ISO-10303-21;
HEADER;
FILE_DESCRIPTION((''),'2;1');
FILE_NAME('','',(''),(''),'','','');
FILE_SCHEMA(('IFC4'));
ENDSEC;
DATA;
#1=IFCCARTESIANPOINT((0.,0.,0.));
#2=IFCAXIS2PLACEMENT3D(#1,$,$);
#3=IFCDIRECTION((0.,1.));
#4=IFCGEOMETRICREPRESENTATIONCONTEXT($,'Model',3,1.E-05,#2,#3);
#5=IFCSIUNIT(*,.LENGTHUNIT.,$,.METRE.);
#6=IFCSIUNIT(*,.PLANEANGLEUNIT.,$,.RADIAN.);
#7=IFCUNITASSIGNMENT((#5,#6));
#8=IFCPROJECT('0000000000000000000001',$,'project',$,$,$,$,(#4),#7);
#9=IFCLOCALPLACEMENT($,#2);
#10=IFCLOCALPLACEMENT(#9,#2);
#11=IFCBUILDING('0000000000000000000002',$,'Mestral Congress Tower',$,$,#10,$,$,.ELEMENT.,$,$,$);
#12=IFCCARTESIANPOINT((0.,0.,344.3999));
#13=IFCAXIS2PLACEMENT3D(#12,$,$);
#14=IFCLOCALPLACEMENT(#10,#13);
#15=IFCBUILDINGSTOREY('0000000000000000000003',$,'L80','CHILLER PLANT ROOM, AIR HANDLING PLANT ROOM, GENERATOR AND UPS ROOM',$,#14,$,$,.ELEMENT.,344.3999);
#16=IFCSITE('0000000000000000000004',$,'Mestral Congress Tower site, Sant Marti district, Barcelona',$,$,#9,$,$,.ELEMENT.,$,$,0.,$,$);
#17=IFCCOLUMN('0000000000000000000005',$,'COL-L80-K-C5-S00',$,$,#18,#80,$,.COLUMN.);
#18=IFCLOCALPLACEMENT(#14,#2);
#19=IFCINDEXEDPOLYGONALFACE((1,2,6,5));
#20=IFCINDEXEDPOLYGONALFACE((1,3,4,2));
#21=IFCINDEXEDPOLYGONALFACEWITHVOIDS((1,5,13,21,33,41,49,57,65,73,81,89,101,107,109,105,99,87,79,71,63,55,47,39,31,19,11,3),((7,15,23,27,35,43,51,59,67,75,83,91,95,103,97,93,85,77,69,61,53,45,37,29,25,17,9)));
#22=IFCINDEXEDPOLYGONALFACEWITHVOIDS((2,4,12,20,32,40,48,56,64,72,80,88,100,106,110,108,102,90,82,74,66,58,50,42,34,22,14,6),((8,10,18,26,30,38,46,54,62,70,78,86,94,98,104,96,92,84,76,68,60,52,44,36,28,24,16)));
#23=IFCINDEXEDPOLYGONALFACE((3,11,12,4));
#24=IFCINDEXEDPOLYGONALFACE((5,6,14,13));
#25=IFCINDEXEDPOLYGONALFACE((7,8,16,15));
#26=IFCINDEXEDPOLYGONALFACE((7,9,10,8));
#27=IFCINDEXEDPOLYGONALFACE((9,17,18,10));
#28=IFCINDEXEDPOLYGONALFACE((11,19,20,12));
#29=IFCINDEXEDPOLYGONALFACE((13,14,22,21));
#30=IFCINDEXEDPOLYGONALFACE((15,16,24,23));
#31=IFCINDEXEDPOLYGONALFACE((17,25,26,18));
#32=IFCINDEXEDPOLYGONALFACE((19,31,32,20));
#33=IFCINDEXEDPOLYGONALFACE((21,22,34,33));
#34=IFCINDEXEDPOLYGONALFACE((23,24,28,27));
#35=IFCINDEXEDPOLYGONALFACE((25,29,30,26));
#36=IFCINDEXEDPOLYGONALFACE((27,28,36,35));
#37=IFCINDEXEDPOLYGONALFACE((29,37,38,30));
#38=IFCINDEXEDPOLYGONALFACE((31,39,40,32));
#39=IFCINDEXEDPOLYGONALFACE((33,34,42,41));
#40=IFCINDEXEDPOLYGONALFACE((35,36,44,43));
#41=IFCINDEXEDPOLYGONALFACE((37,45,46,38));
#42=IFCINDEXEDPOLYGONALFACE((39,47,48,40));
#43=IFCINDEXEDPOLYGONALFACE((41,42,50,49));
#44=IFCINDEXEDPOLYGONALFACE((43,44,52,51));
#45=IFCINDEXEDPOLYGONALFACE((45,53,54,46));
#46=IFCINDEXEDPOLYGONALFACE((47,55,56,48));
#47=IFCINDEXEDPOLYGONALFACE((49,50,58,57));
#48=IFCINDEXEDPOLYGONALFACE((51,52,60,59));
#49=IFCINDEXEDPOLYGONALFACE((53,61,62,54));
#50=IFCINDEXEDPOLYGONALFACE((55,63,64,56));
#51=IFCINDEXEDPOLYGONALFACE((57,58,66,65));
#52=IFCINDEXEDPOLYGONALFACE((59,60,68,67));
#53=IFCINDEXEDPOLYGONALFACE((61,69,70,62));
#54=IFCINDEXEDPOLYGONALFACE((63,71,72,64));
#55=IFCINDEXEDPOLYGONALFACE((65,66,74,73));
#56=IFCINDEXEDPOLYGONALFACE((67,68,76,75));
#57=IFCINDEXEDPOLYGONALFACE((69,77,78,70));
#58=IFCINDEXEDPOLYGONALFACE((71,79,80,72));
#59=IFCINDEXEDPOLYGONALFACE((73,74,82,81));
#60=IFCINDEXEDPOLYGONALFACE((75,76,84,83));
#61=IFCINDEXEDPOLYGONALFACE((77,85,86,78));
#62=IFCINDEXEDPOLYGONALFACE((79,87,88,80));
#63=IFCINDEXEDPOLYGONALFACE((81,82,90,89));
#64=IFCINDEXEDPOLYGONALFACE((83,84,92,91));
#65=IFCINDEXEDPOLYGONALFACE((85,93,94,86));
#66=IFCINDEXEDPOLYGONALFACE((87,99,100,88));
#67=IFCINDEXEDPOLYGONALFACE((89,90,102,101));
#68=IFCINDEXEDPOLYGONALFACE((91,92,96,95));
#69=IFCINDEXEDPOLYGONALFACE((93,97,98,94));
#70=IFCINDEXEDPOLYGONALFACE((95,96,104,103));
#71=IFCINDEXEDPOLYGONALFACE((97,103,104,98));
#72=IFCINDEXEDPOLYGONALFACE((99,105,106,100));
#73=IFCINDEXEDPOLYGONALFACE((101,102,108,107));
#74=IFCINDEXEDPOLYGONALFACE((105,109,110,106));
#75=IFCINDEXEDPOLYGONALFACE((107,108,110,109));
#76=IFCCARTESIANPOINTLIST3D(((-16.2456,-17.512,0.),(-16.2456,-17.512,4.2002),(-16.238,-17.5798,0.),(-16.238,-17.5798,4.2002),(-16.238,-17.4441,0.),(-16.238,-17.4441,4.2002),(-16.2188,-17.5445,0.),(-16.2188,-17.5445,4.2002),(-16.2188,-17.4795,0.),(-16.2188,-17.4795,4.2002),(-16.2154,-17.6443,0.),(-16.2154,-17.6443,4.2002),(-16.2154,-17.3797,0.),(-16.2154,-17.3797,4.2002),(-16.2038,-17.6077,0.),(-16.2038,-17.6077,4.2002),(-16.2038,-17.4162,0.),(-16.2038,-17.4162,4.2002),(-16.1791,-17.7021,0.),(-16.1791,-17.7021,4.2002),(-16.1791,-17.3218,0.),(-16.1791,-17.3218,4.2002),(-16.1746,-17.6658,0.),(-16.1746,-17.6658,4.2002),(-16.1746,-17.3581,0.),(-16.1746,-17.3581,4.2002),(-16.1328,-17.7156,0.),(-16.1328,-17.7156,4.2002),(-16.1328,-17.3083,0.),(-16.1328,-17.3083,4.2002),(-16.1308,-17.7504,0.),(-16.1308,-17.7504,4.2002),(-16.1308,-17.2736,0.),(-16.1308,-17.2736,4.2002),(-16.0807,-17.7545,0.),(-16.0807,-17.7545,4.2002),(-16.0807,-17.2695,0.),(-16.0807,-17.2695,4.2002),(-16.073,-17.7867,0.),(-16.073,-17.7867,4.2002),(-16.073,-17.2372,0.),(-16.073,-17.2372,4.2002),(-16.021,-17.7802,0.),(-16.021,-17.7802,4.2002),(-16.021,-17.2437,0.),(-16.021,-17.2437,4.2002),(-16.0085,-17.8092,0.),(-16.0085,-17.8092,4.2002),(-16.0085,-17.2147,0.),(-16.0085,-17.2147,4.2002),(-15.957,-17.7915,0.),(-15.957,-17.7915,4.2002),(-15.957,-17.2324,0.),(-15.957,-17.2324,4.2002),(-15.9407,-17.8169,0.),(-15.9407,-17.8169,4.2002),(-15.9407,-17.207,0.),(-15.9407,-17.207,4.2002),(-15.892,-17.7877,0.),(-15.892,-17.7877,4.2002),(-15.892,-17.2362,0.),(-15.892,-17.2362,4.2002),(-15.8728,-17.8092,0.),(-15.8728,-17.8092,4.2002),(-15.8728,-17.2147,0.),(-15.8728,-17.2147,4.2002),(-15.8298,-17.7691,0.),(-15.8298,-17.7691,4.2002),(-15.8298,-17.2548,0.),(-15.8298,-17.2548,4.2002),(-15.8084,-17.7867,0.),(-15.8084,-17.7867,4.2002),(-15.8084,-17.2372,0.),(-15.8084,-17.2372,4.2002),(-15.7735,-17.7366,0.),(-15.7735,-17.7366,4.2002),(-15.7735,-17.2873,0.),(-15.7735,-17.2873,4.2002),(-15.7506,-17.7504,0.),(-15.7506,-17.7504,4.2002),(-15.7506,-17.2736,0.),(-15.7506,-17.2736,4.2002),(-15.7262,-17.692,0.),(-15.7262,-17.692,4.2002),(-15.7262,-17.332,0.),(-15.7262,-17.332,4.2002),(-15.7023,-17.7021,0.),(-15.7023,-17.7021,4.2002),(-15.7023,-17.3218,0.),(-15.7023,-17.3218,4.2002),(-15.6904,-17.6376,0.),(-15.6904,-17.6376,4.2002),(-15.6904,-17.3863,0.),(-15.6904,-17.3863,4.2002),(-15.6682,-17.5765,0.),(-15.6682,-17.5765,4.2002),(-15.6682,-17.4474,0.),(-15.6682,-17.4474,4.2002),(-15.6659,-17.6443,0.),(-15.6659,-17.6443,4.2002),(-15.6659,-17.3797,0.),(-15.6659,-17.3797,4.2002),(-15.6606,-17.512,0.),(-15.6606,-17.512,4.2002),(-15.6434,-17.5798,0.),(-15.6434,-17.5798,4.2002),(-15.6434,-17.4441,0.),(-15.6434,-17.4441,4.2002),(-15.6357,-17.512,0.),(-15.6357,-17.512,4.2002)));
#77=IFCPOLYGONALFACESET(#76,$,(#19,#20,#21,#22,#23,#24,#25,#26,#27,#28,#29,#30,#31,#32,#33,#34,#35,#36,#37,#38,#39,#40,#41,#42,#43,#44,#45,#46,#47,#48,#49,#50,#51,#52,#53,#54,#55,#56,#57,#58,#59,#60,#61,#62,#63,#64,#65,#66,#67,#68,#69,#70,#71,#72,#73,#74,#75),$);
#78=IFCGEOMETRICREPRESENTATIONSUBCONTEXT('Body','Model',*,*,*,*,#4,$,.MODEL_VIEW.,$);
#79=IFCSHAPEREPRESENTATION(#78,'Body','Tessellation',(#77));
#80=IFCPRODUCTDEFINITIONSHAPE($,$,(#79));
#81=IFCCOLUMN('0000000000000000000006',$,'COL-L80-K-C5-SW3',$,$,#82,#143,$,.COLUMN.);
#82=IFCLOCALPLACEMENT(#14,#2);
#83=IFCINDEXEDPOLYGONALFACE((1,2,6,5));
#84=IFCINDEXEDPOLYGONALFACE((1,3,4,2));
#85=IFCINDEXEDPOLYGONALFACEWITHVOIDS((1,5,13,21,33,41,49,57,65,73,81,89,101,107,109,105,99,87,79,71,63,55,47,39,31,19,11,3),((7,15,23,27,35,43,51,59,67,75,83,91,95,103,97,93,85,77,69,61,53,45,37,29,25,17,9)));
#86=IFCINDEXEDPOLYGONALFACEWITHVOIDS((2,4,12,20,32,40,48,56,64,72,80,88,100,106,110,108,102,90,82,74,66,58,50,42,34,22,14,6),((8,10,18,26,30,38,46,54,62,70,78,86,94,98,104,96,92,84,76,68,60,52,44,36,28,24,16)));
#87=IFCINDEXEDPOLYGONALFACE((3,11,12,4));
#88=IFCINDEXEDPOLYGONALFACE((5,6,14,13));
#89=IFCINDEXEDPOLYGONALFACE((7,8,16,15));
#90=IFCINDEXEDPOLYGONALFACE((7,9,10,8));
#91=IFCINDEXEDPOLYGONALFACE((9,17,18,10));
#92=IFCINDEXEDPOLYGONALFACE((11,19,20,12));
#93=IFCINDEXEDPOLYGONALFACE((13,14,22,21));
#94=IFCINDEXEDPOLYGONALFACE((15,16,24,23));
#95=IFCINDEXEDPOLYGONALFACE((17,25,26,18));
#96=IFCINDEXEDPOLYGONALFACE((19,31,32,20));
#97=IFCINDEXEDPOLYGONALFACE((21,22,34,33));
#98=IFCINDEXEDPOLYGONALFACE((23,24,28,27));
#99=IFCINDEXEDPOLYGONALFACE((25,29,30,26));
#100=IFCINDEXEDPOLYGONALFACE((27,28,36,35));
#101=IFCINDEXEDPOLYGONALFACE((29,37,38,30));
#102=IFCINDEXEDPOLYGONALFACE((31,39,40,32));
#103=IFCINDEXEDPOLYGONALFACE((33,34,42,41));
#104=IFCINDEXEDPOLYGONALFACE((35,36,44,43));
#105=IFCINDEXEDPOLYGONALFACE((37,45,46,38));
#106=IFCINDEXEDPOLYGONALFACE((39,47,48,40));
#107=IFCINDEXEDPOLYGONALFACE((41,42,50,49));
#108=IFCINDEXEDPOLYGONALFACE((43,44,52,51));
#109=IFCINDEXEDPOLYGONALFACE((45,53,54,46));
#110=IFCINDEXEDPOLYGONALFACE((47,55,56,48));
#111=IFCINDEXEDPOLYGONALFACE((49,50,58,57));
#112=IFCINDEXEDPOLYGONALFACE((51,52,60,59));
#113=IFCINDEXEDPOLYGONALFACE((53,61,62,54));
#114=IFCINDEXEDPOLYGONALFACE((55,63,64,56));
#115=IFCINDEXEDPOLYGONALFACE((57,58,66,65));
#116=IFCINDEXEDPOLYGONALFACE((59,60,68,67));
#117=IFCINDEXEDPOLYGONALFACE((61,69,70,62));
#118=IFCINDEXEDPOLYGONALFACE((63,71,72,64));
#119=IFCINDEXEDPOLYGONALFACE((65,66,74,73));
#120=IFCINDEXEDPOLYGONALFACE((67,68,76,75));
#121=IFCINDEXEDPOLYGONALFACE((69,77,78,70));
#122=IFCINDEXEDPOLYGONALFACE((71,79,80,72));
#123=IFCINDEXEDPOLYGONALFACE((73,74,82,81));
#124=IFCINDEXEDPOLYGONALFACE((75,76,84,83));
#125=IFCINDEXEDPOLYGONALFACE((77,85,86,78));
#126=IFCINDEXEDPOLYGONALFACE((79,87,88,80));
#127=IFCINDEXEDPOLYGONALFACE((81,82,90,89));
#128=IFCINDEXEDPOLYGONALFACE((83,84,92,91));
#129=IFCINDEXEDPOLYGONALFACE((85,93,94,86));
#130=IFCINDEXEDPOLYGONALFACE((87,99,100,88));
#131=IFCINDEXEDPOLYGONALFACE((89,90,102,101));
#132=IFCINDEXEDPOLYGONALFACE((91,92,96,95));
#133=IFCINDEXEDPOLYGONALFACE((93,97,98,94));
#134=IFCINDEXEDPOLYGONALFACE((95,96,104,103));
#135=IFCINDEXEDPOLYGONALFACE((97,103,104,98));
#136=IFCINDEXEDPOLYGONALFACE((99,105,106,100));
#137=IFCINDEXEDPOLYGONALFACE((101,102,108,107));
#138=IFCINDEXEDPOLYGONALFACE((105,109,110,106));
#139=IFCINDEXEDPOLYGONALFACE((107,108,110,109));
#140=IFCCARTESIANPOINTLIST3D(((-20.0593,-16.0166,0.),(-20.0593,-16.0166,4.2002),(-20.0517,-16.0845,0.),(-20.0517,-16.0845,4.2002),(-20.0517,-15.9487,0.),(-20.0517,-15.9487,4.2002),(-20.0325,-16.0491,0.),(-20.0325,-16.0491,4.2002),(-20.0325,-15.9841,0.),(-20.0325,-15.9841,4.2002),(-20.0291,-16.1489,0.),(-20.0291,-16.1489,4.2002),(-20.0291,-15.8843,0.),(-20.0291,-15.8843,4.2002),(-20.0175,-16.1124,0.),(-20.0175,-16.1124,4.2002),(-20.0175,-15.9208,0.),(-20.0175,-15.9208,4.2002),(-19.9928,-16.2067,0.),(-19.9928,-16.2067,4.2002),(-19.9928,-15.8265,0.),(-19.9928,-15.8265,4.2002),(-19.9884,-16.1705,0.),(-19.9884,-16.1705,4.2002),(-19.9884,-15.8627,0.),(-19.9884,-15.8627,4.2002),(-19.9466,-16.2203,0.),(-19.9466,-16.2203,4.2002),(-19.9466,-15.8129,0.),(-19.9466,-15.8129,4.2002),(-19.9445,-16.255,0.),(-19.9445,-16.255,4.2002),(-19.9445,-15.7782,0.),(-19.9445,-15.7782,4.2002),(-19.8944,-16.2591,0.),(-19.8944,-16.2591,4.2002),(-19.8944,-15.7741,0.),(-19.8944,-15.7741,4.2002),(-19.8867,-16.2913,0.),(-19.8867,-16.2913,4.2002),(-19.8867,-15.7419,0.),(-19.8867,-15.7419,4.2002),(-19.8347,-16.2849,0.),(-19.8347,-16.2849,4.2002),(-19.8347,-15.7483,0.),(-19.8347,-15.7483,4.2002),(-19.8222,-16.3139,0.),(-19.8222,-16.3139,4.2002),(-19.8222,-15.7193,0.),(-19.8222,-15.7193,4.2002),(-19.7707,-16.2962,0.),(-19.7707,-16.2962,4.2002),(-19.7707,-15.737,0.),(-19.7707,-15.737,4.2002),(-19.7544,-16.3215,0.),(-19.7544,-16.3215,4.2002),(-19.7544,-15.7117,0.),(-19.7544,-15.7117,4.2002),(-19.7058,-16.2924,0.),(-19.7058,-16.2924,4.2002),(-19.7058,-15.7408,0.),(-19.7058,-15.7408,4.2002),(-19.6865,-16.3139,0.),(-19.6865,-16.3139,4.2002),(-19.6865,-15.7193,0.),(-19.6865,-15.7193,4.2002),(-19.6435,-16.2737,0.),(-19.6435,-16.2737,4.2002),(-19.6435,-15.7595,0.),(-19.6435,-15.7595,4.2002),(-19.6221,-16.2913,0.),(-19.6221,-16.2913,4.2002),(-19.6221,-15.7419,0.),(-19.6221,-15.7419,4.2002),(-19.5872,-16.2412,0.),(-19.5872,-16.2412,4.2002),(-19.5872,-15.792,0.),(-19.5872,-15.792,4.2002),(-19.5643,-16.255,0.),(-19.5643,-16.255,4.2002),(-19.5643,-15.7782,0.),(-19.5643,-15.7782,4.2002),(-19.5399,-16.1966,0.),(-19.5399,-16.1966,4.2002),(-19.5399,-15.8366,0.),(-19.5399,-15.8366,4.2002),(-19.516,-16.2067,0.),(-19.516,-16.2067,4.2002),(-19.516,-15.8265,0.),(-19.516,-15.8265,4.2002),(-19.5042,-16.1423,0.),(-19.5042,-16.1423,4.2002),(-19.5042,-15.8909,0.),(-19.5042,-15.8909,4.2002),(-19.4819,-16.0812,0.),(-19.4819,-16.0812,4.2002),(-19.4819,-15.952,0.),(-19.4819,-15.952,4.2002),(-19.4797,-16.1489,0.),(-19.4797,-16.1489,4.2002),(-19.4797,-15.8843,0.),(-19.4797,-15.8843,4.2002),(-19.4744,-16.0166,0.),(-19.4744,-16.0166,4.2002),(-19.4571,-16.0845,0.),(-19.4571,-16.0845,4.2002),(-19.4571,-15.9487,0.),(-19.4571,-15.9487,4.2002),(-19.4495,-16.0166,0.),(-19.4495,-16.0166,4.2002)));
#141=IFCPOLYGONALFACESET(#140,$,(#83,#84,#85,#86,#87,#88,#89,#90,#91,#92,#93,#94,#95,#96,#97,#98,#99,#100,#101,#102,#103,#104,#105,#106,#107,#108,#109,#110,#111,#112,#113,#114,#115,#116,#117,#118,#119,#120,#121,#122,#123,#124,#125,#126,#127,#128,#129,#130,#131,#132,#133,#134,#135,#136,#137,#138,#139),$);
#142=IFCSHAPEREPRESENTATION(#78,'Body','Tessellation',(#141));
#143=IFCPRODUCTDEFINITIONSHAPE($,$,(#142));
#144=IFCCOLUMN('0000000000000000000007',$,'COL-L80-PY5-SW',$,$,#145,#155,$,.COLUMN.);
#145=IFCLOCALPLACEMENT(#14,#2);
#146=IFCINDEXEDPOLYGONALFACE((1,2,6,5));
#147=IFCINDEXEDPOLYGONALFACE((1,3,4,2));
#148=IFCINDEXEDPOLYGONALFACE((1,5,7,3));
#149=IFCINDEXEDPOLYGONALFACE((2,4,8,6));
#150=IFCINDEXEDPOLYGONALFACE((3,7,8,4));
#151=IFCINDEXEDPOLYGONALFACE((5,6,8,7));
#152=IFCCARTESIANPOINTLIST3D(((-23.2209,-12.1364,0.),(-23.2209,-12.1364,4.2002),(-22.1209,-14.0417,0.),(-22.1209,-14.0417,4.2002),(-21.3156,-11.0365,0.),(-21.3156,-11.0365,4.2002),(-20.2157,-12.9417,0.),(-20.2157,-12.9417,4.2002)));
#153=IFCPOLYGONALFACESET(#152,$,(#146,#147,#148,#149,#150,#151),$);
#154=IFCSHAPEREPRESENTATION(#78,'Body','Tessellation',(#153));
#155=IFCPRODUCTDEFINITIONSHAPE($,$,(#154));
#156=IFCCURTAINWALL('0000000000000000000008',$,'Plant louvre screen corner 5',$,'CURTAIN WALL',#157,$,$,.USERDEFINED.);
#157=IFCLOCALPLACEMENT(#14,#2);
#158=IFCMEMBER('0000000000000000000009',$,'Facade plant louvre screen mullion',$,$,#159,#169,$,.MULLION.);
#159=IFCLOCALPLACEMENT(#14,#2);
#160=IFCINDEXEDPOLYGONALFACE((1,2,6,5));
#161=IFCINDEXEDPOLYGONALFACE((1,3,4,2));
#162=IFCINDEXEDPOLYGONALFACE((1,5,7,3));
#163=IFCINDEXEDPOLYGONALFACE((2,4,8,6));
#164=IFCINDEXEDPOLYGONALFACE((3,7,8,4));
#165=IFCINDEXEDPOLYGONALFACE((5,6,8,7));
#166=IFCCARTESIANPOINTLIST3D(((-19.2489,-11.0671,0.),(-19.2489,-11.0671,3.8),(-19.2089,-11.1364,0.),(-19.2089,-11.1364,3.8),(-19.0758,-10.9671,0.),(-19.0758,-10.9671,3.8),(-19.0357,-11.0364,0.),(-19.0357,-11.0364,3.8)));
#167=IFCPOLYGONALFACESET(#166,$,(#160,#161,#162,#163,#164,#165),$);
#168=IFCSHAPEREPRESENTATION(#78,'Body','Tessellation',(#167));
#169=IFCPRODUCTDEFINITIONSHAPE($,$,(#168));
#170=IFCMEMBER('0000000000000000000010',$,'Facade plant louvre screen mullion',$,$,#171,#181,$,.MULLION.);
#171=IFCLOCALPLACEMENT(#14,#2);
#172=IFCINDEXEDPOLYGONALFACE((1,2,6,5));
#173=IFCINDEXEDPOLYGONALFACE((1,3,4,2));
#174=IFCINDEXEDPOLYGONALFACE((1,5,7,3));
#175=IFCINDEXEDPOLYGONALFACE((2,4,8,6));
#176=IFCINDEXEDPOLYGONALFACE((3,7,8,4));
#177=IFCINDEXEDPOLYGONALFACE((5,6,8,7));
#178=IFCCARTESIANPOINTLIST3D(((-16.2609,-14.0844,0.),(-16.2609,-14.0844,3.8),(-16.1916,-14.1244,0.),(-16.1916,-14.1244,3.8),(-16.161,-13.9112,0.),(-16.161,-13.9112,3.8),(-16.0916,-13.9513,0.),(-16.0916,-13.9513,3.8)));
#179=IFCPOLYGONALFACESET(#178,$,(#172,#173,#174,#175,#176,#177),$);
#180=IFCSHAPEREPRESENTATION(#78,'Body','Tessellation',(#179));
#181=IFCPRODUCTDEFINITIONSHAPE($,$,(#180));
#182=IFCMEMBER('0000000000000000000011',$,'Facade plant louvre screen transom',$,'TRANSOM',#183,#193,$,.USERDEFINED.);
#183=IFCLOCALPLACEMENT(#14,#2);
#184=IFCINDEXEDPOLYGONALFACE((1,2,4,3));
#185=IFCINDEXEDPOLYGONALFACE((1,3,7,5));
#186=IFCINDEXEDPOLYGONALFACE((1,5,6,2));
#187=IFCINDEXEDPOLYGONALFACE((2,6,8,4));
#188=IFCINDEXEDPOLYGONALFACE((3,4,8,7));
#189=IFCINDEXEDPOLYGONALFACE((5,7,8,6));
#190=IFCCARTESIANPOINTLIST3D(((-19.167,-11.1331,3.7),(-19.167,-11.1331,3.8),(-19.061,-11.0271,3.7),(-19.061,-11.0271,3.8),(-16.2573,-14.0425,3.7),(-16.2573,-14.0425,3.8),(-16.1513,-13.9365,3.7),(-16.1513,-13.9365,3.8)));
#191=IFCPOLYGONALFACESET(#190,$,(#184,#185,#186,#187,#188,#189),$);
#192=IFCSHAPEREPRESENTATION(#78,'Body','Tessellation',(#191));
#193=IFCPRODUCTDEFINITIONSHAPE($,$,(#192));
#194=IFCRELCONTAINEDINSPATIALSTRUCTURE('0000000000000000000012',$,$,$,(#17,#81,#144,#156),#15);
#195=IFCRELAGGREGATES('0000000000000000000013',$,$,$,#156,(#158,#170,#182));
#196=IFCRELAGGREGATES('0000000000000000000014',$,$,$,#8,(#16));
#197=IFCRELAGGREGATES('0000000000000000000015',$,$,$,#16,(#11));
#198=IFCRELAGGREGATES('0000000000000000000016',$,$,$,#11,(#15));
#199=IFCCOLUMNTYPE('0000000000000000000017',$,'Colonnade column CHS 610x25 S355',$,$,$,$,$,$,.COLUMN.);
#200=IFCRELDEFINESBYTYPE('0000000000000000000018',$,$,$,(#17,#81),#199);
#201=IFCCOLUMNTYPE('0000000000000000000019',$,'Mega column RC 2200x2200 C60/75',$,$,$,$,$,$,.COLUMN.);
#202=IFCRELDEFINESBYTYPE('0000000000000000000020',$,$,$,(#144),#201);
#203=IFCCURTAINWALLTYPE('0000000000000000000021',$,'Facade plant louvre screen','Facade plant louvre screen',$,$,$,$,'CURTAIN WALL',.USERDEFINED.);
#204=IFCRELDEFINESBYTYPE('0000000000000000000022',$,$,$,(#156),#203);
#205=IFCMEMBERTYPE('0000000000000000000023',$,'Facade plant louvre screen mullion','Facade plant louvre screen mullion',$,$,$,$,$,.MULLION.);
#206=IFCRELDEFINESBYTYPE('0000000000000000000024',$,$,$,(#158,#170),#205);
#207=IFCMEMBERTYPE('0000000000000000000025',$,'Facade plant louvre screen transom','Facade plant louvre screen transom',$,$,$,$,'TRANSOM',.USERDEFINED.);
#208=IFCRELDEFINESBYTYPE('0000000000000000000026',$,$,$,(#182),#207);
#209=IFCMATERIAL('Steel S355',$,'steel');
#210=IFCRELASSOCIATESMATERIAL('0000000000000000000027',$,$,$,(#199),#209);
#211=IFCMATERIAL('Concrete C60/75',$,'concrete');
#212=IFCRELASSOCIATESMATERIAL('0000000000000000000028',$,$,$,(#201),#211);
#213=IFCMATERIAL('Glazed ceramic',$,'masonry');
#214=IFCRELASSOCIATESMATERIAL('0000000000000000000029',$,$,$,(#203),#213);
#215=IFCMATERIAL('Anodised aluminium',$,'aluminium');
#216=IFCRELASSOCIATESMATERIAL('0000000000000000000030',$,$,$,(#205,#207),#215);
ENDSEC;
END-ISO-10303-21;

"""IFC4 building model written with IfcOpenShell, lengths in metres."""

from ifc_helpers import new_model, si_unit, direction, frame, origin, origin_2d, place, context, subcontext, project, spatial, rectangle, hollow_circle, extrude, material, material_profile, profile_set, type_object, element, aggregate, save


model = new_model("IFC4")

# Units and contexts
model_context = context("Model", 3, precision=1e-05, world=origin(), true_north=direction((0.0, 1.0)))
body_context = subcontext(model_context, "Body", "Model", "MODEL_VIEW")
ifc_project = project(units=[si_unit("LENGTHUNIT", "METRE"), si_unit("PLANEANGLEUNIT", "RADIAN")], contexts=[model_context])

# Site, building, storey
site_placement = place(None, origin())
site = spatial("IfcSite", under=ifc_project, at=site_placement, Name="Mestral Congress Tower site, Sant Marti district, Barcelona", CompositionType="ELEMENT", RefElevation=0.0)
building_placement = place(site_placement, origin())
building = spatial("IfcBuilding", under=site, at=building_placement, Name="Mestral Congress Tower", CompositionType="ELEMENT")
storey_placement = place(building_placement, frame((0.0, 0.0, 344.3999)))
storey = spatial("IfcBuildingStorey", under=building, at=storey_placement, Name="L80", Description="CHILLER PLANT ROOM, AIR HANDLING PLANT ROOM, GENERATOR AND UPS ROOM", CompositionType="ELEMENT", Elevation=344.3999)

# Columns
ifc_material_1 = material(Name="Steel S355", Category="steel")
ifc_material_profile_1 = material_profile(ifc_material_1, hollow_circle(Radius=0.3049, WallThickness=0.0249, at=origin_2d()), Name="CHS 610x25")
ifc_profile_set_1 = profile_set([ifc_material_profile_1], Name="Steel S355")
column_type_1 = type_object("IfcColumnType", Name="Colonnade column CHS 610x25 S355", PredefinedType="COLUMN", material=ifc_profile_set_1)
for number, where, z_axis, x_axis, name in (
    (1, (-15.9407, -17.512, 0.0), (0.0, 0.0, 1.0), (1.0, 0.0, 0.0), "COL-L80-K-C5-S00"),
    (2, (-19.7544, -16.0166, 0.0), (0.0, 0.0, 1.0), (1.0, 0.0, 0.0), "COL-L80-K-C5-SW3"),
):
    element("IfcColumn", number, at=place(storey_placement, frame(where, z_axis=z_axis, x_axis=x_axis)), inside=storey, type_object=column_type_1, Name=name, PredefinedType="COLUMN", context=body_context, shape_type="SweptSolid", body=[
        extrude(hollow_circle(Radius=0.3049, WallThickness=0.0249, at=origin_2d()), origin(), (0.0, 0.0, 1.0), 4.2002),
    ])
ifc_material_2 = material(Name="Concrete C60/75", Category="concrete")
ifc_material_profile_2 = material_profile(ifc_material_2, rectangle(XDim=2.2, YDim=2.2, at=origin_2d()), Name="RC 2200x2200")
ifc_profile_set_2 = profile_set([ifc_material_profile_2], Name="Concrete C60/75")
column_type_2 = type_object("IfcColumnType", Name="Mega column RC 2200x2200 C60/75", PredefinedType="COLUMN", material=ifc_profile_set_2)
column_placement = place(storey_placement, frame((-21.7183, -12.5391, 0.0), z_axis=(0.0, 0.0, 1.0), x_axis=(-0.866025, -0.5, 0.0)))
element("IfcColumn", 3, at=column_placement, inside=storey, type_object=column_type_2, Name="COL-L80-PY5-SW", PredefinedType="COLUMN", context=body_context, shape_type="SweptSolid", body=[
    extrude(rectangle(XDim=2.2, YDim=2.2, at=origin_2d()), origin(), (0.0, 0.0, 1.0), 4.2002),
])

# Curtain wall, members
ifc_material_3 = material(Name="Glazed ceramic", Category="masonry")
curtain_wall_type = type_object("IfcCurtainWallType", Name="Facade plant louvre screen", Description="Facade plant louvre screen", ElementType="CURTAIN WALL", PredefinedType="USERDEFINED", material=ifc_material_3)
curtain_wall_placement = place(storey_placement, origin())
curtain_wall = element("IfcCurtainWall", 4, at=curtain_wall_placement, inside=storey, type_object=curtain_wall_type, Name="Plant louvre screen corner 5", ObjectType="CURTAIN WALL", PredefinedType="USERDEFINED")
ifc_material_4 = material(Name="Anodised aluminium", Category="aluminium")
ifc_material_profile_3 = material_profile(ifc_material_4, rectangle(XDim=0.2, YDim=0.0801, at=origin_2d()), Name="CW6 mullion 200 x 80")
ifc_profile_set_3 = profile_set([ifc_material_profile_3], Name="Anodised aluminium")
member_type_1 = type_object("IfcMemberType", Name="Facade plant louvre screen mullion", Description="Facade plant louvre screen mullion", PredefinedType="MULLION", material=ifc_profile_set_3)
member_1_placement = place(storey_placement, frame((-19.1423, -11.0518, 0.0), z_axis=(0.0, 0.0, 1.0), x_axis=(-0.866025, -0.5, 0.0)))
member_1 = element("IfcMember", 5, at=member_1_placement, type_object=member_type_1, Name="Facade plant louvre screen mullion", PredefinedType="MULLION", context=body_context, shape_type="SweptSolid", body=[
    extrude(rectangle(XDim=0.2, YDim=0.0801, at=origin_2d()), origin(), (0.0, 0.0, 1.0), 3.8),
])
member_2_placement = place(storey_placement, frame((-16.1763, -14.0178, 0.0), z_axis=(0.0, 0.0, 1.0), x_axis=(-0.5, -0.866025, 0.0)))
member_2 = element("IfcMember", 6, at=member_2_placement, type_object=member_type_1, Name="Facade plant louvre screen mullion", PredefinedType="MULLION", context=body_context, shape_type="SweptSolid", body=[
    extrude(rectangle(XDim=0.2, YDim=0.0801, at=origin_2d()), origin(), (0.0, 0.0, 1.0), 3.8),
])
ifc_material_profile_4 = material_profile(ifc_material_4, rectangle(XDim=0.1499, YDim=0.1001, at=origin_2d()), Name="CW6 transom 150 x 100")
ifc_profile_set_4 = profile_set([ifc_material_profile_4], Name="Anodised aluminium")
member_type_2 = type_object("IfcMemberType", Name="Facade plant louvre screen transom", Description="Facade plant louvre screen transom", ElementType="TRANSOM", PredefinedType="USERDEFINED", material=ifc_profile_set_4)
member_3_placement = place(storey_placement, frame((-19.114, -11.0801, 3.75), z_axis=(0.707136, -0.707077, 0.0), x_axis=(0.707077, 0.707136, 0.0)))
member_3 = element("IfcMember", 7, at=member_3_placement, type_object=member_type_2, Name="Facade plant louvre screen transom", ObjectType="TRANSOM", PredefinedType="USERDEFINED", context=body_context, shape_type="SweptSolid", body=[
    extrude(rectangle(XDim=0.1499, YDim=0.1001, at=origin_2d()), origin(), (0.0, 0.0, 1.0), 4.1147),
])

aggregate(curtain_wall, [member_1, member_2, member_3])

save(model, "model.ifc")
